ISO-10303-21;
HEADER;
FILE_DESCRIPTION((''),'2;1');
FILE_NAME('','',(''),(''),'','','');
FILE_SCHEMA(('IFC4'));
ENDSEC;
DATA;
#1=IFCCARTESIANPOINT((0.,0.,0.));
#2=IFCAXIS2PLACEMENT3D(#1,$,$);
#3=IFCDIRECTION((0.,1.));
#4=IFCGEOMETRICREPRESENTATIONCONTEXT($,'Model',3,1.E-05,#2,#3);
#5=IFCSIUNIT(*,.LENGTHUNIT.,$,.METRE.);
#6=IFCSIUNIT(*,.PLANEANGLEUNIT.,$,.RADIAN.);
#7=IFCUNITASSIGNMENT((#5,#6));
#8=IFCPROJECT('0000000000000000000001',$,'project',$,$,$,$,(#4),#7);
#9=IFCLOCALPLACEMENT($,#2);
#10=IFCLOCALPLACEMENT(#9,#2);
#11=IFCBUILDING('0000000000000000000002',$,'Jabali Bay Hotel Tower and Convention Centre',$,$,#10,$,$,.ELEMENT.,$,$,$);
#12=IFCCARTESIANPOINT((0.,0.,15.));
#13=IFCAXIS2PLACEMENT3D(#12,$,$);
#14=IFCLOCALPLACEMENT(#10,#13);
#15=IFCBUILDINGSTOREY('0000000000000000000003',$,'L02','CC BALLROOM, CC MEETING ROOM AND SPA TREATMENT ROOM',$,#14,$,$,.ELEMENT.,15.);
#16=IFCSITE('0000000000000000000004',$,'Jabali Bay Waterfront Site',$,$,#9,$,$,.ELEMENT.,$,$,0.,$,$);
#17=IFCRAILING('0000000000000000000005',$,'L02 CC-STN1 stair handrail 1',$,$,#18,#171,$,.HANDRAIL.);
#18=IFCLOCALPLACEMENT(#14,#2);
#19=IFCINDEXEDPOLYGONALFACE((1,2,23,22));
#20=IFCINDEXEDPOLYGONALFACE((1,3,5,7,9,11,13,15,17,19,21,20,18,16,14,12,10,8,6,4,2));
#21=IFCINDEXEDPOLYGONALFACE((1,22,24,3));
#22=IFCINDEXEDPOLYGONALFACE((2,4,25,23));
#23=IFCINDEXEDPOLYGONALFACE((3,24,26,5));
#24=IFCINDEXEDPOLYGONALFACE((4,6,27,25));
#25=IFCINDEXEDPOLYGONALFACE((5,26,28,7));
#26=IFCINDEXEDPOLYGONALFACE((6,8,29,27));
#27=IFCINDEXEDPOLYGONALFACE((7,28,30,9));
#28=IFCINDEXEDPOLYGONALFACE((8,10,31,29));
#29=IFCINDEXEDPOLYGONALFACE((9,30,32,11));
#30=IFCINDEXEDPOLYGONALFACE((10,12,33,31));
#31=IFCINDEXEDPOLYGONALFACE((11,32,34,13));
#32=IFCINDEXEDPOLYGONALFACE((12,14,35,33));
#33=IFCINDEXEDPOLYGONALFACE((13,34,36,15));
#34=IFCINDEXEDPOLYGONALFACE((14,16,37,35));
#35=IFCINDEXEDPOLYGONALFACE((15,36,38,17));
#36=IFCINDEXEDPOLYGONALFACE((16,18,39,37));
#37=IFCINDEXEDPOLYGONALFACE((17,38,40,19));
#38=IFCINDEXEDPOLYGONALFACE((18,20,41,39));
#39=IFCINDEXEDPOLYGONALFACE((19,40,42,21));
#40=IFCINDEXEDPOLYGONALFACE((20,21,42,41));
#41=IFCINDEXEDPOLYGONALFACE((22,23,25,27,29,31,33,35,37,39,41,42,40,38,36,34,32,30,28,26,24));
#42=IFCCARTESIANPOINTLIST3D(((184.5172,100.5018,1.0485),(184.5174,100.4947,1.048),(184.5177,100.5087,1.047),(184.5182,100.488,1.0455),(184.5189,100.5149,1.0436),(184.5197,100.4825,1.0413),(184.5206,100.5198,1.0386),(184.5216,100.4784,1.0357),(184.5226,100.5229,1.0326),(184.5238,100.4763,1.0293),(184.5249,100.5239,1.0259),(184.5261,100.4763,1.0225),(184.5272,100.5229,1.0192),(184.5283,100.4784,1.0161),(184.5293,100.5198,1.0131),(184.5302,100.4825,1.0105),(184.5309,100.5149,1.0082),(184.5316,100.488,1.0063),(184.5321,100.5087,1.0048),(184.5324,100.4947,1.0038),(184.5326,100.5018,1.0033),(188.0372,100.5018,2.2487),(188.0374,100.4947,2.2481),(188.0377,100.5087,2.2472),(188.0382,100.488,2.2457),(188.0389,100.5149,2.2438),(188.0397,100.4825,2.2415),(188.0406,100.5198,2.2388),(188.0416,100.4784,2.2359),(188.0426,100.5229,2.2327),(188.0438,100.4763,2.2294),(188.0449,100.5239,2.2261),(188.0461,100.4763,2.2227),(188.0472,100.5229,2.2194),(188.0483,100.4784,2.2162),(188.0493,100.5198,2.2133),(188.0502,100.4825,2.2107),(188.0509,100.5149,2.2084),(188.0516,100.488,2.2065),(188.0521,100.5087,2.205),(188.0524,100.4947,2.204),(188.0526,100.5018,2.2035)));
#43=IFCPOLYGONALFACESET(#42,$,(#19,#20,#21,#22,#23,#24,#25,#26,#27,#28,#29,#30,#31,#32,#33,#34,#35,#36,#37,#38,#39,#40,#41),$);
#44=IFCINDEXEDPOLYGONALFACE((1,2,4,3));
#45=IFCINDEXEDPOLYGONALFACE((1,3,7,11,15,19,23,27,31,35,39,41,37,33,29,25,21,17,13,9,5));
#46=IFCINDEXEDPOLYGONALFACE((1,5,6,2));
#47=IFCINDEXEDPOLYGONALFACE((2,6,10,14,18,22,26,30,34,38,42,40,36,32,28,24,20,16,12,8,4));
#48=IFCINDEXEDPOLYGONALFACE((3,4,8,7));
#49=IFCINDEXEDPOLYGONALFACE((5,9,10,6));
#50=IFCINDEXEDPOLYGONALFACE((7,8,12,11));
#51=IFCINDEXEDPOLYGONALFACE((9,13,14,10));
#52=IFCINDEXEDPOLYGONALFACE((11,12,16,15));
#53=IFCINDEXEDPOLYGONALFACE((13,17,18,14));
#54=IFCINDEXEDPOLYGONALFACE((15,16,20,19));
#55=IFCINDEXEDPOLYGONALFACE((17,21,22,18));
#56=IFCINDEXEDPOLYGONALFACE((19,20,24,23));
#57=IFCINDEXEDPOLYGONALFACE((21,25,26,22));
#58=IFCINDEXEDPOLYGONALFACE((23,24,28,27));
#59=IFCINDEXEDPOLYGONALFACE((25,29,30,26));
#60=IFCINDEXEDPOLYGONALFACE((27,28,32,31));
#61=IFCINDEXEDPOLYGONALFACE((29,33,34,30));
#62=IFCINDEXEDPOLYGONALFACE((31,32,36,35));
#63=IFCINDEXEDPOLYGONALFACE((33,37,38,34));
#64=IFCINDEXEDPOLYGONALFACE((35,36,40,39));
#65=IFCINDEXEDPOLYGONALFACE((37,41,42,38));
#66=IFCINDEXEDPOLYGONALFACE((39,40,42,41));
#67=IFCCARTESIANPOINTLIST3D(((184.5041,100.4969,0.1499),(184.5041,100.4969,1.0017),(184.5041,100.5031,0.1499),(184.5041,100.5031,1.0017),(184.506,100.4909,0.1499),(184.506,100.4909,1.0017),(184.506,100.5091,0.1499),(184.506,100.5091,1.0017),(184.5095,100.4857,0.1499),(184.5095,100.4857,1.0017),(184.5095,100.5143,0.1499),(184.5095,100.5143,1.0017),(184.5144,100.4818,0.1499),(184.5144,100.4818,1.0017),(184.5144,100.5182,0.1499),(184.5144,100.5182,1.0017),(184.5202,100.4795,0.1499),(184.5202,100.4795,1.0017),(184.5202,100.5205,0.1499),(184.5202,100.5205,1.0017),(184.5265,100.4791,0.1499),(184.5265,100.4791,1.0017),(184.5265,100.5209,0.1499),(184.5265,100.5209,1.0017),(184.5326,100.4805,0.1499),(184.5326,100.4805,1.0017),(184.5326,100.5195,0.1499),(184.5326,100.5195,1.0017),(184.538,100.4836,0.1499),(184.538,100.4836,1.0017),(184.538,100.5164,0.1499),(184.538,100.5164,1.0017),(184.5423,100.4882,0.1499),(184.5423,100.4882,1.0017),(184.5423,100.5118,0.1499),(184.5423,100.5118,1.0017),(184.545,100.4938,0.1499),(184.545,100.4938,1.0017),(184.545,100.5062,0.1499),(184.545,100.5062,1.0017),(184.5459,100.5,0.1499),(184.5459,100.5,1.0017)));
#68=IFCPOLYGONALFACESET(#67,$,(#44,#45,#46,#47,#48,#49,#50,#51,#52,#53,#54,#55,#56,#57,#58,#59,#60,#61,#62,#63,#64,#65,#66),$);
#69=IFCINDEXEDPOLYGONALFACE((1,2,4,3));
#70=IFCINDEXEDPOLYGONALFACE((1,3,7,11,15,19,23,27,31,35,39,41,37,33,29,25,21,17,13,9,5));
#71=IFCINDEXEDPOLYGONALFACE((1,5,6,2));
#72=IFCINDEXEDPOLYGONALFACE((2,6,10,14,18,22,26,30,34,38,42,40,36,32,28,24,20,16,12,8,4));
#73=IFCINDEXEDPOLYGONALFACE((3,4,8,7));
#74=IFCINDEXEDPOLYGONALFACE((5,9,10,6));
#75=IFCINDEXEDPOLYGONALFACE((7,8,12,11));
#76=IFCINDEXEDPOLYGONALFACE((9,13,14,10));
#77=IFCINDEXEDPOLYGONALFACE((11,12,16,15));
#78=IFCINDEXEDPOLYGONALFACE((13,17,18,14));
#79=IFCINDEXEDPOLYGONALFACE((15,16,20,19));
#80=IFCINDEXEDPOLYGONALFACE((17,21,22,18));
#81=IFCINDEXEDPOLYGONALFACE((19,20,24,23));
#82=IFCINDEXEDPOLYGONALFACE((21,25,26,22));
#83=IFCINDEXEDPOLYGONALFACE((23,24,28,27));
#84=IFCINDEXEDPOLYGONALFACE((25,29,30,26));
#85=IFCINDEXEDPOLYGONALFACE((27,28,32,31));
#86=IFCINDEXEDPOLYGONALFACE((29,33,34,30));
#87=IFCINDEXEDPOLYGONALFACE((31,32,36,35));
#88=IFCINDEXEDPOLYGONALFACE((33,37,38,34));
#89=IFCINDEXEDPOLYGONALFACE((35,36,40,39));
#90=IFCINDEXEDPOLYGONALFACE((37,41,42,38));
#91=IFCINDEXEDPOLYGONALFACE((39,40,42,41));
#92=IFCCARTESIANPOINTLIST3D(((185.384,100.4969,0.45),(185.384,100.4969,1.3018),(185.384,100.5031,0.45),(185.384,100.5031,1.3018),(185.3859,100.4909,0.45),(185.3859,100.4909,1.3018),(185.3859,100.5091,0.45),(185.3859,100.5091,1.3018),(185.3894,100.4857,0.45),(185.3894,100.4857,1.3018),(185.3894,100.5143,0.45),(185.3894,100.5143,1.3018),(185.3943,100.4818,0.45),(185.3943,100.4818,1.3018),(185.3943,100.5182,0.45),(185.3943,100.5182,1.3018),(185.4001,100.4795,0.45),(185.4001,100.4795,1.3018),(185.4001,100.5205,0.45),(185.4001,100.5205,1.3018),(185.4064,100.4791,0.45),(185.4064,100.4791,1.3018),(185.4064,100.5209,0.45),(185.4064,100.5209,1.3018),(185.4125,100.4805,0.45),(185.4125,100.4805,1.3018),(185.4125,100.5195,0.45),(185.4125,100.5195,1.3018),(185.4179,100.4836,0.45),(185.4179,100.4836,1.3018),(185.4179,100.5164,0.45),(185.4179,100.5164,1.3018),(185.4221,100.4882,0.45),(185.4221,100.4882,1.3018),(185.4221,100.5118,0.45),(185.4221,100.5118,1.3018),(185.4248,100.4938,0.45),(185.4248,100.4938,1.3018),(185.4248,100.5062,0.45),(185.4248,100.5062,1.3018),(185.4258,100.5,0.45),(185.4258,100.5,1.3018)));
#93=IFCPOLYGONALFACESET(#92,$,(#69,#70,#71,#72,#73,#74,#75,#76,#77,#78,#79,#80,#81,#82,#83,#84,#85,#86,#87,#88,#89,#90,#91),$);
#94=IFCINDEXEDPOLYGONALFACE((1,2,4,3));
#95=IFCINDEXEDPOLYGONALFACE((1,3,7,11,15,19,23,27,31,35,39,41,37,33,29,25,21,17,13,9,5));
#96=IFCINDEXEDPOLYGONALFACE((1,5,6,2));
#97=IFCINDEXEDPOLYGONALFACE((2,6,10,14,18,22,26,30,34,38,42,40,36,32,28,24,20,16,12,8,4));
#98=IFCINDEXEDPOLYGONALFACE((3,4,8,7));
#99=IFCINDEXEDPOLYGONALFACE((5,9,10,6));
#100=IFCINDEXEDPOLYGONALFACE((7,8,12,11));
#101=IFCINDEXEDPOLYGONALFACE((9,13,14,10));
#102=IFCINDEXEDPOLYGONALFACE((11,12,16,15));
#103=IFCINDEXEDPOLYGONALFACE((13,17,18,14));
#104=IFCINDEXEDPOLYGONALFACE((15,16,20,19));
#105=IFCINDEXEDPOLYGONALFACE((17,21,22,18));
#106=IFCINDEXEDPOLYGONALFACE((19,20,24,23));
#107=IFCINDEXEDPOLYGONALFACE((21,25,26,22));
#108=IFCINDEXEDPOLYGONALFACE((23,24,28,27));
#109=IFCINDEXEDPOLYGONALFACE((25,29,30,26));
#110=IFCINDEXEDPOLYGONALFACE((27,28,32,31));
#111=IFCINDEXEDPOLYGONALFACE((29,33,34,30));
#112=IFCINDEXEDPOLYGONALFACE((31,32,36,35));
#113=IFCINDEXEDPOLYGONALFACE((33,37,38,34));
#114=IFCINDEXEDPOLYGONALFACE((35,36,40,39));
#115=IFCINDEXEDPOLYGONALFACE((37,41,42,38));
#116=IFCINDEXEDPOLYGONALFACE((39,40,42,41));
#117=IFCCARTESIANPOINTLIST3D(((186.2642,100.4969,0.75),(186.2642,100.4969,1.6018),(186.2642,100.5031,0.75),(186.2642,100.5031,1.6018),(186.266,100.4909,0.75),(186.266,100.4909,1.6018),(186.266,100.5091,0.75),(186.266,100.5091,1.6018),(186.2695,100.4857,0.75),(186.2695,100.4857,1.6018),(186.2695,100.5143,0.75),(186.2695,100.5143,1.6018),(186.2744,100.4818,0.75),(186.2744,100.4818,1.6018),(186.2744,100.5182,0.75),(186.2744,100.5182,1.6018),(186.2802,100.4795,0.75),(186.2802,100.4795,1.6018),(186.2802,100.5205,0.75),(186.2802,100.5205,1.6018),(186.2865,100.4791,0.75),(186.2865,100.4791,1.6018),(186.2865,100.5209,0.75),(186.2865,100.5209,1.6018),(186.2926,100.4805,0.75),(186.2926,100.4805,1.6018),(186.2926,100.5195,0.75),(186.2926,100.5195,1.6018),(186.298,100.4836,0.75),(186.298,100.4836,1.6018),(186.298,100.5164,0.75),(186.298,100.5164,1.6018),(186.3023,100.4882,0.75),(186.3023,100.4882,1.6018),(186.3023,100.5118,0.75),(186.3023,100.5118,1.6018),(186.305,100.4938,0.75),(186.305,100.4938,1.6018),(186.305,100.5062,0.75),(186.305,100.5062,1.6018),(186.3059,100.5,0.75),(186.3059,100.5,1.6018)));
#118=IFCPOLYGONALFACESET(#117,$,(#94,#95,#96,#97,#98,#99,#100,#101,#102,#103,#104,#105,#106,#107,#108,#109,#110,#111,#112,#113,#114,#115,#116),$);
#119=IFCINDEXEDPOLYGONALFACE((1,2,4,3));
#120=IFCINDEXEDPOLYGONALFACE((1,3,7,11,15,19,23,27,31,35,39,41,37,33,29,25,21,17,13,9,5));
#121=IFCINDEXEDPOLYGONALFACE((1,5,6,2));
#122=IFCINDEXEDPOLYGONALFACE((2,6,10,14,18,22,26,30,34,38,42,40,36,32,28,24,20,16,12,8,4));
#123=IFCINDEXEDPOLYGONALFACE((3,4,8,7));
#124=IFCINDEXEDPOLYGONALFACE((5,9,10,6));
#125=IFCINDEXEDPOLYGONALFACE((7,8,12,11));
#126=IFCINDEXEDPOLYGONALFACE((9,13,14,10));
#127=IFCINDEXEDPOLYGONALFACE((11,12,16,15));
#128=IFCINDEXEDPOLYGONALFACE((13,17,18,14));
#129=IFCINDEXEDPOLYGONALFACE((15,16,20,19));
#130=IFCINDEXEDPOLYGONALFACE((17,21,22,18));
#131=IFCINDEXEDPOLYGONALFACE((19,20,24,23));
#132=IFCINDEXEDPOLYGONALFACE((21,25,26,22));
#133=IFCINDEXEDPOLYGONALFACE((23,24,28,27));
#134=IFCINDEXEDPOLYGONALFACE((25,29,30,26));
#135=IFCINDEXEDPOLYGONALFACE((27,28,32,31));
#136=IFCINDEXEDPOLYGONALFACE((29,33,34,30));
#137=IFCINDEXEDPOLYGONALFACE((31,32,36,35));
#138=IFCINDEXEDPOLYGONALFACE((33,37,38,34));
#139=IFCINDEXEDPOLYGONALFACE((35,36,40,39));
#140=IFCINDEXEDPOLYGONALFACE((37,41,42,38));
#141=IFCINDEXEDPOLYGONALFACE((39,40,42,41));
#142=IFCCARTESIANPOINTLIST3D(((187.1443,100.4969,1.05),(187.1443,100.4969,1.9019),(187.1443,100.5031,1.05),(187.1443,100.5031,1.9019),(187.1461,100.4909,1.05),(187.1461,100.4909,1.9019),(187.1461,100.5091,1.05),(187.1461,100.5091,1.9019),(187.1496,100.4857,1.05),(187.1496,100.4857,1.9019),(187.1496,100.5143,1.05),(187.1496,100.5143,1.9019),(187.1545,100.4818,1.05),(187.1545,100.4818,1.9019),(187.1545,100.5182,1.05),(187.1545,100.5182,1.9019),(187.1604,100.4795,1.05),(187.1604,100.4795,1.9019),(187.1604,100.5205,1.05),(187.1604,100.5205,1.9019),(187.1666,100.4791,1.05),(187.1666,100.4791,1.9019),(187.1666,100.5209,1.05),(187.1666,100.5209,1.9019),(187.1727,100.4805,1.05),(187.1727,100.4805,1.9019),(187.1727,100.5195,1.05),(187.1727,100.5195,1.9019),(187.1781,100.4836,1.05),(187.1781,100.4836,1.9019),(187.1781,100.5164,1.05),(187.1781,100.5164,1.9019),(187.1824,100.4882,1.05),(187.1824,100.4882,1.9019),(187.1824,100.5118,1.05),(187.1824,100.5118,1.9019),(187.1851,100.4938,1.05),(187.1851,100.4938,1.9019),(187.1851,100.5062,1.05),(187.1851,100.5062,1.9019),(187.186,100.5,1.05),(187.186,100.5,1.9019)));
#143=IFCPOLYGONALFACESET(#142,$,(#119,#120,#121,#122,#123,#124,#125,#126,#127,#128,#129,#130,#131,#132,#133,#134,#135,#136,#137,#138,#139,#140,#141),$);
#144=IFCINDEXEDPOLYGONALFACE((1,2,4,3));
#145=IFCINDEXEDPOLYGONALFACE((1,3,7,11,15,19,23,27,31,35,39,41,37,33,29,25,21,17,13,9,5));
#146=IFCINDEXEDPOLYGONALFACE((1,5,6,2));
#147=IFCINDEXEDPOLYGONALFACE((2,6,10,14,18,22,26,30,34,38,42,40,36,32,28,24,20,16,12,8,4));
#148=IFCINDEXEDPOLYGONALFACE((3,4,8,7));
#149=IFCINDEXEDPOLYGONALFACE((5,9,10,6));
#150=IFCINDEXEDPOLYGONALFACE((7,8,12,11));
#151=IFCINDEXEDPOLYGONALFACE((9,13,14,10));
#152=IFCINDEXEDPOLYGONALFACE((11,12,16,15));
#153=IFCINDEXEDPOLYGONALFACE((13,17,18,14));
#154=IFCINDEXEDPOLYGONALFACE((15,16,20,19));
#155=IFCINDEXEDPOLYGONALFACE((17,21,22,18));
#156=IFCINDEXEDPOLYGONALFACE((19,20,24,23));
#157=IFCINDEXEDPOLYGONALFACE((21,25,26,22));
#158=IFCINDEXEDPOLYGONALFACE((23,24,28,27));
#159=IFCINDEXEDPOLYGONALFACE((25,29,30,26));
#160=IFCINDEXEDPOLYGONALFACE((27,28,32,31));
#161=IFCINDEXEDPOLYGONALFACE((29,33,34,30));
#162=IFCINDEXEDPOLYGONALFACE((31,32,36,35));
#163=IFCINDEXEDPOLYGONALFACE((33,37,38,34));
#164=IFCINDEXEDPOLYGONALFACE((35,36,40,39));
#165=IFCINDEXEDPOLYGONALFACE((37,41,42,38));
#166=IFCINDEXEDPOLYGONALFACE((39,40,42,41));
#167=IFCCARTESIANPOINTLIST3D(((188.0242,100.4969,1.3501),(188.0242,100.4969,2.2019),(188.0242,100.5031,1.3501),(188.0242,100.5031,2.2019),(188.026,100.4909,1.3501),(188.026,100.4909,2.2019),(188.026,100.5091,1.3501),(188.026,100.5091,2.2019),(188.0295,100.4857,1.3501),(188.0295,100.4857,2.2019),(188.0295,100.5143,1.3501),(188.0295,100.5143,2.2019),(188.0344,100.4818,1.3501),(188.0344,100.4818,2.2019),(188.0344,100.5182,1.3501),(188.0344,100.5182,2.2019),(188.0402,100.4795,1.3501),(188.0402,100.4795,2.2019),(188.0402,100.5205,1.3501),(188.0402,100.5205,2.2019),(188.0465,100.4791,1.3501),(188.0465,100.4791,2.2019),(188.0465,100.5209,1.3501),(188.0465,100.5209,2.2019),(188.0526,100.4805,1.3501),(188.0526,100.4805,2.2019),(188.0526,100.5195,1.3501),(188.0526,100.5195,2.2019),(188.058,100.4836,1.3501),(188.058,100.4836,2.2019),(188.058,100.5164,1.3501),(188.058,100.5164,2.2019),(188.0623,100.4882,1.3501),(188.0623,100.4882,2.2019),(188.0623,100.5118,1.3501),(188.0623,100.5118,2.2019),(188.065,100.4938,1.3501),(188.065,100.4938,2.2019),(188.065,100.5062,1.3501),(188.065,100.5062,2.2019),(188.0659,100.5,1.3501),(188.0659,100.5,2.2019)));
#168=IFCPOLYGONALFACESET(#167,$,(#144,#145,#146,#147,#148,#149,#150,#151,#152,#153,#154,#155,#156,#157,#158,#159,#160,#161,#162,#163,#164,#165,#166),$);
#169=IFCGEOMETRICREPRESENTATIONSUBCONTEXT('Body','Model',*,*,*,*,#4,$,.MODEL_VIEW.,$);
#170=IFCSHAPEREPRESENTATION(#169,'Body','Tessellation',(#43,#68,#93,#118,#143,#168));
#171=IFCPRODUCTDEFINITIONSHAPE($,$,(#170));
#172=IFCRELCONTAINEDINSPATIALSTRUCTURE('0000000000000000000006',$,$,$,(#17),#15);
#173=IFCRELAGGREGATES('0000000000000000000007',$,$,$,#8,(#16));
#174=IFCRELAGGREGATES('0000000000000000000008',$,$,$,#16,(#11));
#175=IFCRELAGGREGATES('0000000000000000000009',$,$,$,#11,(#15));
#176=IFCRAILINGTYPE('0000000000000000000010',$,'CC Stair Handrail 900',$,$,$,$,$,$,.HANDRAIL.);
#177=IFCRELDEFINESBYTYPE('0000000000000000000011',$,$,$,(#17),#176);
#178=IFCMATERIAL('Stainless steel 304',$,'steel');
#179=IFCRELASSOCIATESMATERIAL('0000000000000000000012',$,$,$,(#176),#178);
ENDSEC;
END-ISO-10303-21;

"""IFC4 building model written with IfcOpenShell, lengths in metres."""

from ifc_helpers import new_model, si_unit, direction, frame, origin, origin_2d, place, context, subcontext, project, spatial, circle, extrude, material, type_object, element, save


model = new_model("IFC4")

# Units and contexts
model_context = context("Model", 3, precision=1e-05, world=origin(), true_north=direction((0.0, 1.0)))
body_context = subcontext(model_context, "Body", "Model", "MODEL_VIEW")
ifc_project = project(units=[si_unit("LENGTHUNIT", "METRE"), si_unit("PLANEANGLEUNIT", "RADIAN")], contexts=[model_context])

# Site, building, storey
site_placement = place(None, origin())
site = spatial("IfcSite", under=ifc_project, at=site_placement, Name="Jabali Bay Waterfront Site", CompositionType="ELEMENT", RefElevation=0.0)
building_placement = place(site_placement, origin())
building = spatial("IfcBuilding", under=site, at=building_placement, Name="Jabali Bay Hotel Tower and Convention Centre", CompositionType="ELEMENT")
storey_placement = place(building_placement, frame((0.0, 0.0, 15.0)))
storey = spatial("IfcBuildingStorey", under=building, at=storey_placement, Name="L02", Description="CC BALLROOM, CC MEETING ROOM AND SPA TREATMENT ROOM", CompositionType="ELEMENT", Elevation=15.0)

# Railing
ifc_material_1 = material(Name="Stainless steel 304", Category="steel")
railing_type = type_object("IfcRailingType", Name="CC Stair Handrail 900", PredefinedType="HANDRAIL", material=ifc_material_1)
railing_1_placement = place(storey_placement, frame((184.5249, 100.5, 0.1499)))
element("IfcRailing", 1, at=railing_1_placement, inside=storey, type_object=railing_type, Name="L02 CC-STN1 stair handrail 1", PredefinedType="HANDRAIL", context=body_context, shape_type="SweptSolid", body=[
    extrude(circle(Radius=0.0239, at=origin_2d()), frame((0.0, 0.0, 0.876), z_axis=(0.946495, 0.0, 0.322719), x_axis=(0.0, 1.0, 0.0)), (0.0, 0.0, 1.0), 3.719),
    extrude(circle(Radius=0.021, at=origin_2d()), origin(), (0.0, 0.0, 1.0), 0.8518),
    extrude(circle(Radius=0.021, at=origin_2d()), frame((0.8799, 0.0, 0.3)), (0.0, 0.0, 1.0), 0.8518),
    extrude(circle(Radius=0.021, at=origin_2d()), frame((1.76, 0.0, 0.6001)), (0.0, 0.0, 1.0), 0.8518),
    extrude(circle(Radius=0.021, at=origin_2d()), frame((2.6401, 0.0, 0.9001)), (0.0, 0.0, 1.0), 0.8518),
    extrude(circle(Radius=0.021, at=origin_2d()), frame((3.52, 0.0, 1.2002)), (0.0, 0.0, 1.0), 0.8518),
])

save(model, "model.ifc")
